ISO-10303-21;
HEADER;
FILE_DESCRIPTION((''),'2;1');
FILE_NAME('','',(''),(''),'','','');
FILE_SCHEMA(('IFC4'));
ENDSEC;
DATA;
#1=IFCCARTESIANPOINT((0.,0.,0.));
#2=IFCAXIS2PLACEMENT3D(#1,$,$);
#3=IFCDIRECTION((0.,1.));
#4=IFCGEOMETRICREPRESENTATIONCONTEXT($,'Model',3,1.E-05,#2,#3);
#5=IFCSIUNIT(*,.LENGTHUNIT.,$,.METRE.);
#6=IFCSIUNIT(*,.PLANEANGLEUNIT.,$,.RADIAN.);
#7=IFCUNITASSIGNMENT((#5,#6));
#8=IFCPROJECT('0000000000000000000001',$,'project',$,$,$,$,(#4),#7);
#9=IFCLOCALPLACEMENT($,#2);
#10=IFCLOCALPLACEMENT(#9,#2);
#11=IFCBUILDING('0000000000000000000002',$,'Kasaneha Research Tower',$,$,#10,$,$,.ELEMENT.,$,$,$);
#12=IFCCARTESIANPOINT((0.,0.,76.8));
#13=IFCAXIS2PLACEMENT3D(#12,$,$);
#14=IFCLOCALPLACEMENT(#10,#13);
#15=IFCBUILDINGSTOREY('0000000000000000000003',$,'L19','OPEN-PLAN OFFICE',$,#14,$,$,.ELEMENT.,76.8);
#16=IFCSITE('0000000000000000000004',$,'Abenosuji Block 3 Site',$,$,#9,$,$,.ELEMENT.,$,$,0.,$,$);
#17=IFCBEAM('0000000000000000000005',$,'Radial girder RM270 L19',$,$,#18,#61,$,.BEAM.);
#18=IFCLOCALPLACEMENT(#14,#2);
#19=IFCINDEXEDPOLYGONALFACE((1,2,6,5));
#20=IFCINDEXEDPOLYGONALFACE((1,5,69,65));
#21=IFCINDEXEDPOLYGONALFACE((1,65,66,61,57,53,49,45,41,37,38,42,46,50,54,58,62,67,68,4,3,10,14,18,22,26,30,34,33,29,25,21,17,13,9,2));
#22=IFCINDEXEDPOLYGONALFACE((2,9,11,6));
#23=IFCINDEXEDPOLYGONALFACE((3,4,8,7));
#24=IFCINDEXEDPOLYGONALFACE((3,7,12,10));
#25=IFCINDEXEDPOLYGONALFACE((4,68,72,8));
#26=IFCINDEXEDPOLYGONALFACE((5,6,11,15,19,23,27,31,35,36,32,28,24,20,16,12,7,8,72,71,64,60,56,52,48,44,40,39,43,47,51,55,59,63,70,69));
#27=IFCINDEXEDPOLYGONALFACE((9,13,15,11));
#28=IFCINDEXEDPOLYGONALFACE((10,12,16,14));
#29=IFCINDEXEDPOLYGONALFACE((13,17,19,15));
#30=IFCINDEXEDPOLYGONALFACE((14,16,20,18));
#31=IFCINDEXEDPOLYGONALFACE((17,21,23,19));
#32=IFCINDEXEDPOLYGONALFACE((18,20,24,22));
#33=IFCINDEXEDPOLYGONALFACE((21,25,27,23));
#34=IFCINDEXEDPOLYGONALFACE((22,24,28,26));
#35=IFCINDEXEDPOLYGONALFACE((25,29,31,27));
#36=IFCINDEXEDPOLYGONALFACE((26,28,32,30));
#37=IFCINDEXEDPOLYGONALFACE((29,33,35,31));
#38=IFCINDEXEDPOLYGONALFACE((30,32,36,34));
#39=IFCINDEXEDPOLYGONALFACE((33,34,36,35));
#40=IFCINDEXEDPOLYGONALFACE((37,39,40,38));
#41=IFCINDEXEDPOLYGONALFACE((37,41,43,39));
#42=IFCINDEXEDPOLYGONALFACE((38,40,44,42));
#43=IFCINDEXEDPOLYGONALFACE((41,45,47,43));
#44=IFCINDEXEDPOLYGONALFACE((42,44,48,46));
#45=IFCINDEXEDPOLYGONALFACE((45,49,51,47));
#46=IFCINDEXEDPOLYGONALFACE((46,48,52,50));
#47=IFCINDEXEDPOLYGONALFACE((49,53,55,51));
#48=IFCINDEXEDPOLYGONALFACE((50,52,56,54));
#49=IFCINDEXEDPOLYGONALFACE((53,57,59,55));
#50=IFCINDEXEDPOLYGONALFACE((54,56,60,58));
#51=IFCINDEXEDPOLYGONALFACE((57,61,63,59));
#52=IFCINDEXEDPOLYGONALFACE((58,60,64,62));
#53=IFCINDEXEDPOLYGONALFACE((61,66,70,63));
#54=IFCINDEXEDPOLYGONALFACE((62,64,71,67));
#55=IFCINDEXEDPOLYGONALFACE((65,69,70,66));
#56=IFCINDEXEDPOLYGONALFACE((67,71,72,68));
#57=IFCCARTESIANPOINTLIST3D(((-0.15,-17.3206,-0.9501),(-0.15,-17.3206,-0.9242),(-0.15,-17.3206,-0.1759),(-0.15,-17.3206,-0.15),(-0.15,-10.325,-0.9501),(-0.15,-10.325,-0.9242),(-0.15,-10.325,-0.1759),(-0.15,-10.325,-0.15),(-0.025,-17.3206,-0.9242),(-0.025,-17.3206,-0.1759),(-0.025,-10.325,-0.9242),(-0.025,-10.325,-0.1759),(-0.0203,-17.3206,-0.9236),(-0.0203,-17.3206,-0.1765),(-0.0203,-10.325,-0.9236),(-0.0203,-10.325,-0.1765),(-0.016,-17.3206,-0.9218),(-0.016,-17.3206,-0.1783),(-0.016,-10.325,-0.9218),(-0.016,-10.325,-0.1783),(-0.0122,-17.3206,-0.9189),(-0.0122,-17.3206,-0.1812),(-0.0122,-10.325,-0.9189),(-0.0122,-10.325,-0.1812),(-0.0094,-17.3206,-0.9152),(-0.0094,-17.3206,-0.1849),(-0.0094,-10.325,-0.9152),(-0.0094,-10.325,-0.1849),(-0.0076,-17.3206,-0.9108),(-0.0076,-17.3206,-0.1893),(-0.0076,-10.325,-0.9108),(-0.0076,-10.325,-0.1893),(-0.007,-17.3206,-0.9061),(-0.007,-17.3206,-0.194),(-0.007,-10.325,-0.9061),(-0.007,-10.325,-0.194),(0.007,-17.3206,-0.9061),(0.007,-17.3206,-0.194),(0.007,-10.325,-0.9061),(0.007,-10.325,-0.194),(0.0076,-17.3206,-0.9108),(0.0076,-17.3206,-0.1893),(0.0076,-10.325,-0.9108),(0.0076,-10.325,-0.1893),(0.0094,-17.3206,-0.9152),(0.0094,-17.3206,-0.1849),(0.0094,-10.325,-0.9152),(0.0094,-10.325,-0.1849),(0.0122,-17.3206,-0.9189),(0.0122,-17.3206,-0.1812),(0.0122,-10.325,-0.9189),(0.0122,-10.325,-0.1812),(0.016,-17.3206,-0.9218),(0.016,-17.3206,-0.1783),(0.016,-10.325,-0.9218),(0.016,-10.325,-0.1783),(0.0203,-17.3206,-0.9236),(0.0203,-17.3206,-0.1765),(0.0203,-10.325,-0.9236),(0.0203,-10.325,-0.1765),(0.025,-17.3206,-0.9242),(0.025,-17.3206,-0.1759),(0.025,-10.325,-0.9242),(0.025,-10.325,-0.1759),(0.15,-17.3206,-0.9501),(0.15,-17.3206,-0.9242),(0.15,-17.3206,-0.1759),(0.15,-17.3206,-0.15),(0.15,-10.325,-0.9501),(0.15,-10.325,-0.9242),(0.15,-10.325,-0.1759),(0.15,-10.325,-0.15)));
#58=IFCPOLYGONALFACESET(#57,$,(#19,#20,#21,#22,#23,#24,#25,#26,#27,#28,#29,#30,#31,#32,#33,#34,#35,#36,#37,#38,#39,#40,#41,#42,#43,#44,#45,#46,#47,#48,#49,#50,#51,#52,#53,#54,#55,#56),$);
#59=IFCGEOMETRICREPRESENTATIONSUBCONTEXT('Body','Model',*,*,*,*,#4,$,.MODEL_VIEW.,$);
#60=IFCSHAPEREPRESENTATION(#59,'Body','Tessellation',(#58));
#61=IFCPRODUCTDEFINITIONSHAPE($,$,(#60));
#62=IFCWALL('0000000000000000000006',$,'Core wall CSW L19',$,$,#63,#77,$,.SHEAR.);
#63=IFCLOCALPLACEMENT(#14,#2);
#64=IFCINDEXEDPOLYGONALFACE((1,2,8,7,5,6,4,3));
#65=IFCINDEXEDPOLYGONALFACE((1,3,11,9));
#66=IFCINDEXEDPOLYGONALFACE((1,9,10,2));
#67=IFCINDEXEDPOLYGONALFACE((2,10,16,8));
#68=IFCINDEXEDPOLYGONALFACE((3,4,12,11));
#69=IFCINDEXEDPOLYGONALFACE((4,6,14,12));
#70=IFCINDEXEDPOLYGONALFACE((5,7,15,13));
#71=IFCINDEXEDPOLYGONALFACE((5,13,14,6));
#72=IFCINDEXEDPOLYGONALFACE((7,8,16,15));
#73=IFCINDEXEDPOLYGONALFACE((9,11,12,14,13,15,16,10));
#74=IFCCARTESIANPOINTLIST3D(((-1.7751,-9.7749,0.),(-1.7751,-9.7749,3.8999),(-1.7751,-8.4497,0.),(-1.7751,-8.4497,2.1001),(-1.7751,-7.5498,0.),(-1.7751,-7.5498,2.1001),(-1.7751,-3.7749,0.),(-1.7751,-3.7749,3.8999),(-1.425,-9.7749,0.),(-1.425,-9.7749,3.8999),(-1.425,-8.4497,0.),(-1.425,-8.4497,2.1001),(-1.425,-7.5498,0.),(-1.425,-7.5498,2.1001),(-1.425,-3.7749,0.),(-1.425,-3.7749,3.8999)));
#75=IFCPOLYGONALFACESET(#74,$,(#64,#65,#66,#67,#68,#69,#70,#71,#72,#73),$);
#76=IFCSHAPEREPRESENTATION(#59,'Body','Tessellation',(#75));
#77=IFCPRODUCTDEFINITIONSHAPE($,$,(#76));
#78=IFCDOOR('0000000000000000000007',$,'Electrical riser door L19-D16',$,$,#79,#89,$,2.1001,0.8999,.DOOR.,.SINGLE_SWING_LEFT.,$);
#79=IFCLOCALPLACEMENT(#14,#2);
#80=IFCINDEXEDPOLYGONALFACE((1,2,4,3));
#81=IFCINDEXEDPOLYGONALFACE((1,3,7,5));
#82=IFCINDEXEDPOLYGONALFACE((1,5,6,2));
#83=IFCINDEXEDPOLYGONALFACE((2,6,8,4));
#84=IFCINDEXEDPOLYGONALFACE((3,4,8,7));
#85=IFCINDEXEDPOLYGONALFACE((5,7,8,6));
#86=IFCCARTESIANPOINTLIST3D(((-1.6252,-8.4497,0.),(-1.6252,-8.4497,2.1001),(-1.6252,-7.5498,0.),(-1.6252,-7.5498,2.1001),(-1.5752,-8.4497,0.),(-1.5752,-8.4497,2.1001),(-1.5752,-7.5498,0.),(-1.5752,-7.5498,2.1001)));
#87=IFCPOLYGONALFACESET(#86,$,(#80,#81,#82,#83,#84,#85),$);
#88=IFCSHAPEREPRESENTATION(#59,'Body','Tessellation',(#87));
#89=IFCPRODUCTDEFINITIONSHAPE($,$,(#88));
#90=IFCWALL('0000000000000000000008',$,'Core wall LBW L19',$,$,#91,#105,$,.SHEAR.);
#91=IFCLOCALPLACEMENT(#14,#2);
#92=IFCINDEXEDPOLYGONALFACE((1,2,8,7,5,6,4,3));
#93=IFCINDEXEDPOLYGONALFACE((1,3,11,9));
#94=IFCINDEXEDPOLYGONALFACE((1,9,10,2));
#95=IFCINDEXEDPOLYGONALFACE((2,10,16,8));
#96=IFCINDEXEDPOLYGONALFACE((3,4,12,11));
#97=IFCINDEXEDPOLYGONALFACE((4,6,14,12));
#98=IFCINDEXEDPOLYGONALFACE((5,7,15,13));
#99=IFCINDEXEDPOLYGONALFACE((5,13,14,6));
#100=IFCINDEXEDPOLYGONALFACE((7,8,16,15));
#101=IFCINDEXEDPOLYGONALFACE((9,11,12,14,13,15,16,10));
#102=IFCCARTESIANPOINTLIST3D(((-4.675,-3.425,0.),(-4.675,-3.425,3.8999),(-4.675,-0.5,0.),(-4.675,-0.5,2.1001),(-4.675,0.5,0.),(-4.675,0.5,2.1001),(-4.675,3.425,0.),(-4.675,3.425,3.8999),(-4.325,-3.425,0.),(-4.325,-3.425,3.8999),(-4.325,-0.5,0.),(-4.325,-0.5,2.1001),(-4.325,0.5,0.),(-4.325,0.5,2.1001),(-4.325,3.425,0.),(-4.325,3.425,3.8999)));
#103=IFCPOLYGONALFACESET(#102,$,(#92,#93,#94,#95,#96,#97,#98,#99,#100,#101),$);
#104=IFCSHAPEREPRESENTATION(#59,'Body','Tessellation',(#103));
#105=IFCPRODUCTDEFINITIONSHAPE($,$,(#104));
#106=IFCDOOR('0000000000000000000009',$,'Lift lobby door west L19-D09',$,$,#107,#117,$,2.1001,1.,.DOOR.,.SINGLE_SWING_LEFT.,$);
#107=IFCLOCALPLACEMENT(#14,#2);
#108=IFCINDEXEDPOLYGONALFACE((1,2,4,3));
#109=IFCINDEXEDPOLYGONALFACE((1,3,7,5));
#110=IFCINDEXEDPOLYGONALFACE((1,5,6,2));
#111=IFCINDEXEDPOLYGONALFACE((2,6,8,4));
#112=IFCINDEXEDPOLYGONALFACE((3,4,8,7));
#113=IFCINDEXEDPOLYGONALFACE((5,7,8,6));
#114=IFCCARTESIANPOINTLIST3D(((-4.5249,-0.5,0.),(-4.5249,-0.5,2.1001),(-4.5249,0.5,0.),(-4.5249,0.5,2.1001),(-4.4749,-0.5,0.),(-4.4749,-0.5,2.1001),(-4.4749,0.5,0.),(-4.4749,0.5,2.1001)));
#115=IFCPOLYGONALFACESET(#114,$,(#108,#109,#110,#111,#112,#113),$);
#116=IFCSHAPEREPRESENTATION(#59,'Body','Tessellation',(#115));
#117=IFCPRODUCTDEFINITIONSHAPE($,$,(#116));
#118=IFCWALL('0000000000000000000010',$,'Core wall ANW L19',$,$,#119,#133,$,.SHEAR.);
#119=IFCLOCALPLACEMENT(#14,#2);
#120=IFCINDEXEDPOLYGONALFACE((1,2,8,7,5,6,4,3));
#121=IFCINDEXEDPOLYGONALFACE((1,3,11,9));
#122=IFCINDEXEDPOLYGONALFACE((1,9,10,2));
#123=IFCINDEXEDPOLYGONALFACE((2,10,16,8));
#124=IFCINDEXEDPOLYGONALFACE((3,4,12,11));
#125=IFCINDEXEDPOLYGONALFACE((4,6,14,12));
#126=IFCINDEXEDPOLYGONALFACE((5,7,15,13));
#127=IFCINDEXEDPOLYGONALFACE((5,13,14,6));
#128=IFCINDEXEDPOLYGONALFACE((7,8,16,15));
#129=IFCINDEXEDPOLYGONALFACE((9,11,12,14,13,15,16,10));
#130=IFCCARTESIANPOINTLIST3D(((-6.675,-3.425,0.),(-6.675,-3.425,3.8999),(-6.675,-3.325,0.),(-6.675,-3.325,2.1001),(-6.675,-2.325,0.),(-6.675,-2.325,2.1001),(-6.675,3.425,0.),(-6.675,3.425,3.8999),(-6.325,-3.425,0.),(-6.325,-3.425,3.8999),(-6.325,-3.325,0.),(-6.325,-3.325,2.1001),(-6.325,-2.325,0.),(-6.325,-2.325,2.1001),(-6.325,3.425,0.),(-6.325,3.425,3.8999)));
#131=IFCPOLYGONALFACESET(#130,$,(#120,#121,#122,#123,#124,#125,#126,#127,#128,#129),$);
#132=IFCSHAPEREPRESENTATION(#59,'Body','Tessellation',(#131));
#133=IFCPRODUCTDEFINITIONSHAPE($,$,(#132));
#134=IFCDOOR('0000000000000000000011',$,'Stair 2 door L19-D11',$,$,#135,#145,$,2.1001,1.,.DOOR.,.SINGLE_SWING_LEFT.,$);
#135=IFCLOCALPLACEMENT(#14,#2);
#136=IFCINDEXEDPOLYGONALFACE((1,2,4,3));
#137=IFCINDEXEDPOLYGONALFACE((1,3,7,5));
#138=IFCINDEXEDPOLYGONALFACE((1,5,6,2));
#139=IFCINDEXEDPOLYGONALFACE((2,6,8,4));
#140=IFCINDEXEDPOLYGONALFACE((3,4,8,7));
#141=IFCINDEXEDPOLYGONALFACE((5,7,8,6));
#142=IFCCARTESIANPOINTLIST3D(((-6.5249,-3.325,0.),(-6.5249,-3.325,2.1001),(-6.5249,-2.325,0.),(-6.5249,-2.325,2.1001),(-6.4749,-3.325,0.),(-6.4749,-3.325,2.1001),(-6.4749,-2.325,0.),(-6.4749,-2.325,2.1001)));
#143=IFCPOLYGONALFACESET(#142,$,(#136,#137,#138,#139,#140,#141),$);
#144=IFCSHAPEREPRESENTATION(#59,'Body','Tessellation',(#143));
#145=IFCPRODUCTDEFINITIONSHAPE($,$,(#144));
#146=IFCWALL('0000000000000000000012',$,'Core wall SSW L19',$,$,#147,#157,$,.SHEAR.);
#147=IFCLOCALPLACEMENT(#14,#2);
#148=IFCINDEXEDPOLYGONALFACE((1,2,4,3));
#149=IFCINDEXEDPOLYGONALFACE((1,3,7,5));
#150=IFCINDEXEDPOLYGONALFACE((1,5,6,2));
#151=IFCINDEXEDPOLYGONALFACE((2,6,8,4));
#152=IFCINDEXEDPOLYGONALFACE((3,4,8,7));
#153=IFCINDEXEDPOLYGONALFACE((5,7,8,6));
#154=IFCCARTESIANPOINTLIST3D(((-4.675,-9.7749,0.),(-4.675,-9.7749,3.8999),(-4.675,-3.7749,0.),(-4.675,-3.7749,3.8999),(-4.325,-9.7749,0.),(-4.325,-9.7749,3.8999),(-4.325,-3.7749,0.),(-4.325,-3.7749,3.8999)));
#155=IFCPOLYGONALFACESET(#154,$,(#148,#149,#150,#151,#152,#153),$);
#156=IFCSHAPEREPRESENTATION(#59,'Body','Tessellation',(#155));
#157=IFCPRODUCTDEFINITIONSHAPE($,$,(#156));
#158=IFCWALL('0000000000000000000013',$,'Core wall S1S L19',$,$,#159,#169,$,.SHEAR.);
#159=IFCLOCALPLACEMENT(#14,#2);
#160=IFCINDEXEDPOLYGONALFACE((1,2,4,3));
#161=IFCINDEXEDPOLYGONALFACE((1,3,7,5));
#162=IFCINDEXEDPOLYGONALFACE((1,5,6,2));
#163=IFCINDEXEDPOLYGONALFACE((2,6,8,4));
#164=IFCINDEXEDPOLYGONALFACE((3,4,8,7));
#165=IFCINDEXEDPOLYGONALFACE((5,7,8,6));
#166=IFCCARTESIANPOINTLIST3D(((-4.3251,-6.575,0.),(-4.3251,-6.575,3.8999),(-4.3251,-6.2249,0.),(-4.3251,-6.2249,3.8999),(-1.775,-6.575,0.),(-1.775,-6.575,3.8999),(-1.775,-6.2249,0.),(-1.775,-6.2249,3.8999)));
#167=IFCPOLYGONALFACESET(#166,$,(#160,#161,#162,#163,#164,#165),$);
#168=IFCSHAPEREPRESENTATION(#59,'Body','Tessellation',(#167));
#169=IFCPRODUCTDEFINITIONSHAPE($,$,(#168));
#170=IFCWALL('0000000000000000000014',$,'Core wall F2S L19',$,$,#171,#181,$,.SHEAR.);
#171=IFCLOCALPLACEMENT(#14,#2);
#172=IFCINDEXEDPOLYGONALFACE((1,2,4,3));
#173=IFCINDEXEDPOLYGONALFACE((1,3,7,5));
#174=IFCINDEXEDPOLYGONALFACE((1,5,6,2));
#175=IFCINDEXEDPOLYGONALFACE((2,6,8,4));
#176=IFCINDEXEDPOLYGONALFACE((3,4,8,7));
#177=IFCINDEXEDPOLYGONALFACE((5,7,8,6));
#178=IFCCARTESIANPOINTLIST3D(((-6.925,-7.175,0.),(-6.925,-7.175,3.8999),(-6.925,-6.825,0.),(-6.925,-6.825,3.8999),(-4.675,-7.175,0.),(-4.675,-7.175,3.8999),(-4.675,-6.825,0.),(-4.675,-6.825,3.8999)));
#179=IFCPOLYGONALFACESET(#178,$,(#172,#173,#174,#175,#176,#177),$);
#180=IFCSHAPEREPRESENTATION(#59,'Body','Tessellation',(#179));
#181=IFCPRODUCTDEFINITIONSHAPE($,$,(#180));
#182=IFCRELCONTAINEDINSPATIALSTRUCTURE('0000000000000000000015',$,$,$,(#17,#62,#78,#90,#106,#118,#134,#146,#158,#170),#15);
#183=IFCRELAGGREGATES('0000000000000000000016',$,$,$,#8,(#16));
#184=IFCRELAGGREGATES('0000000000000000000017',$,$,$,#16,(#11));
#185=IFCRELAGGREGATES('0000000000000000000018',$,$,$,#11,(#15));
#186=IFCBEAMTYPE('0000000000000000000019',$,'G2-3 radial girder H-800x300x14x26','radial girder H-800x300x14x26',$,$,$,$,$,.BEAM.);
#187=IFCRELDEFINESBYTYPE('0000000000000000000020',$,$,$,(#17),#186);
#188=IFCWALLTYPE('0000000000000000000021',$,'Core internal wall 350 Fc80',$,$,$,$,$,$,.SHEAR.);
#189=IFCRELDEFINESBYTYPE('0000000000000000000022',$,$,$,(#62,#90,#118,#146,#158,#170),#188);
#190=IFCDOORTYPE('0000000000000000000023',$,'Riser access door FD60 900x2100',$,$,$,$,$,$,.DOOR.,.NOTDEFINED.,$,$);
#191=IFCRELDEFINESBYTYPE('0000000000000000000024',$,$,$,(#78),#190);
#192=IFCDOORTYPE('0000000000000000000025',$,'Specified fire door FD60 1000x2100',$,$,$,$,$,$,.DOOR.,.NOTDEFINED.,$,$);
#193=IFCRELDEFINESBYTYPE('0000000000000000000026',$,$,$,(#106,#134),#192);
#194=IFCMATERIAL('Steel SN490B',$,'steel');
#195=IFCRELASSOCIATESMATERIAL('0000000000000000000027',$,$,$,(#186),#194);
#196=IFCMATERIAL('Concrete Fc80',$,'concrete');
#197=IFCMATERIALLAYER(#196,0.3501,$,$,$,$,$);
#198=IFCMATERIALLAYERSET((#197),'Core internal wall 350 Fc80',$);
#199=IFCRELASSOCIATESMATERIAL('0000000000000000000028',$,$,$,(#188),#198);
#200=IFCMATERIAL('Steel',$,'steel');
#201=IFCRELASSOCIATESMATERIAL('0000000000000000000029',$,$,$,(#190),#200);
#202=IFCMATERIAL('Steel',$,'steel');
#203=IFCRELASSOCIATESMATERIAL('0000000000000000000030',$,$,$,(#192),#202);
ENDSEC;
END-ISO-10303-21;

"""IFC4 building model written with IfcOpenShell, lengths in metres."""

from ifc_helpers import new_model, si_unit, direction, frame, frame_2d, origin, origin_2d, place, context, subcontext, project, spatial, rectangle, i_section, extrude, material, layer, layer_set, material_profile, profile_set, type_object, element, fill, save


model = new_model("IFC4")

# Units and contexts
model_context = context("Model", 3, precision=1e-05, world=origin(), true_north=direction((0.0, 1.0)))
body_context = subcontext(model_context, "Body", "Model", "MODEL_VIEW")
ifc_project = project(units=[si_unit("LENGTHUNIT", "METRE"), si_unit("PLANEANGLEUNIT", "RADIAN")], contexts=[model_context])

# Site, building, storey
site_placement = place(None, origin())
site = spatial("IfcSite", under=ifc_project, at=site_placement, Name="Abenosuji Block 3 Site", CompositionType="ELEMENT", RefElevation=0.0)
building_placement = place(site_placement, origin())
building = spatial("IfcBuilding", under=site, at=building_placement, Name="Kasaneha Research Tower", CompositionType="ELEMENT")
storey_placement = place(building_placement, frame((0.0, 0.0, 76.8)))
storey = spatial("IfcBuildingStorey", under=building, at=storey_placement, Name="L19", Description="OPEN-PLAN OFFICE", CompositionType="ELEMENT", Elevation=76.8)

# Beam
ifc_material_1 = material(Name="Steel SN490B", Category="steel")
ifc_material_profile_1 = material_profile(ifc_material_1, i_section(OverallWidth=0.3, OverallDepth=0.8, WebThickness=0.0139, FlangeThickness=0.0259, FilletRadius=0.0181, at=origin_2d()), Name="H-800x300x14x26")
ifc_profile_set_1 = profile_set([ifc_material_profile_1], Name="Steel SN490B")
beam_type_1 = type_object("IfcBeamType", Name="G2-3 radial girder H-800x300x14x26", Description="radial girder H-800x300x14x26", PredefinedType="BEAM", material=ifc_profile_set_1)
beam_1_placement = place(storey_placement, frame((0.0, -10.325, -0.55), z_axis=(0.0, -1.0, 0.0), x_axis=(1.0, 0.0, 0.0)))
element("IfcBeam", 1, at=beam_1_placement, inside=storey, type_object=beam_type_1, Name="Radial girder RM270 L19", PredefinedType="BEAM", context=body_context, shape_type="SweptSolid", body=[
    extrude(i_section(OverallWidth=0.3, OverallDepth=0.8, WebThickness=0.0139, FlangeThickness=0.0259, FilletRadius=0.0181, at=origin_2d()), origin(), (0.0, 0.0, 1.0), 6.9956),
])

# Walls, openings, doors
ifc_material_2 = material(Name="Concrete Fc80", Category="concrete")
ifc_layer_1 = layer(ifc_material_2, 0.3501)
ifc_layer_set_1 = layer_set([ifc_layer_1], Name="Core internal wall 350 Fc80")
wall_type_1 = type_object("IfcWallType", Name="Core internal wall 350 Fc80", PredefinedType="SHEAR", material=ifc_layer_set_1)
wall_1_placement = place(storey_placement, frame((-1.6001, -3.7749, 0.0), z_axis=(0.0, 0.0, 1.0), x_axis=(0.0, -1.0, 0.0)))
wall_1 = element("IfcWall", 2, at=wall_1_placement, inside=storey, type_object=wall_type_1, Name="Core wall CSW L19", PredefinedType="SHEAR", context=body_context, shape_type="SweptSolid", body=[
    extrude(rectangle(XDim=6.0, YDim=0.3501, at=frame_2d((3.0, 0.0))), origin(), (0.0, 0.0, 1.0), 3.8999),
])
opening_1_placement = place(wall_1_placement, frame((3.7749, 0.0, 0.0)))
opening_1 = element("IfcOpeningElement", 3, at=opening_1_placement, cuts=wall_1, PredefinedType="OPENING", context=body_context, shape_type="SweptSolid", body=[
    extrude(rectangle(XDim=0.8999, YDim=2.1001, at=frame_2d((0.45, 1.05))), frame((0.0, 0.1851, 0.0), z_axis=(0.0, -1.0, 0.0), x_axis=(1.0, 0.0, 0.0)), (0.0, 0.0, 1.0), 0.3701),
])
ifc_material_3 = material(Name="Steel", Category="steel")
door_type_1 = type_object("IfcDoorType", Name="Riser access door FD60 900x2100", OperationType="NOTDEFINED", PredefinedType="DOOR", material=ifc_material_3)
door_1_placement = place(opening_1_placement, origin())
door_1 = element("IfcDoor", 4, at=door_1_placement, inside=storey, type_object=door_type_1, Name="Electrical riser door L19-D16", OperationType="SINGLE_SWING_LEFT", OverallHeight=2.1001, OverallWidth=0.8999, PredefinedType="DOOR", context=body_context, shape_type="SweptSolid", body=[
    extrude(rectangle(XDim=0.8999, YDim=2.1001, at=frame_2d((0.45, 1.05))), frame((0.0, 0.0249, 0.0), z_axis=(0.0, -1.0, 0.0), x_axis=(1.0, 0.0, 0.0)), (0.0, 0.0, 1.0), 0.05),
])
fill(opening_1, door_1)
wall_2_placement = place(storey_placement, frame((-4.5, -3.425, 0.0), z_axis=(0.0, 0.0, 1.0), x_axis=(0.0, 1.0, 0.0)))
wall_2 = element("IfcWall", 5, at=wall_2_placement, inside=storey, type_object=wall_type_1, Name="Core wall LBW L19", PredefinedType="SHEAR", context=body_context, shape_type="SweptSolid", body=[
    extrude(rectangle(XDim=6.8501, YDim=0.3501, at=frame_2d((3.425, 0.0))), origin(), (0.0, 0.0, 1.0), 3.8999),
])
opening_2_placement = place(wall_2_placement, frame((2.925, 0.0, 0.0)))
opening_2 = element("IfcOpeningElement", 6, at=opening_2_placement, cuts=wall_2, PredefinedType="OPENING", context=body_context, shape_type="SweptSolid", body=[
    extrude(rectangle(XDim=1.0, YDim=2.1001, at=frame_2d((0.5, 1.05))), frame((0.0, 0.1851, 0.0), z_axis=(0.0, -1.0, 0.0), x_axis=(1.0, 0.0, 0.0)), (0.0, 0.0, 1.0), 0.3701),
])
ifc_material_4 = material(Name="Steel", Category="steel")
door_type_2 = type_object("IfcDoorType", Name="Specified fire door FD60 1000x2100", OperationType="NOTDEFINED", PredefinedType="DOOR", material=ifc_material_4)
door_2_placement = place(opening_2_placement, origin())
door_2 = element("IfcDoor", 7, at=door_2_placement, inside=storey, type_object=door_type_2, Name="Lift lobby door west L19-D09", OperationType="SINGLE_SWING_LEFT", OverallHeight=2.1001, OverallWidth=1.0, PredefinedType="DOOR", context=body_context, shape_type="SweptSolid", body=[
    extrude(rectangle(XDim=1.0, YDim=2.1001, at=frame_2d((0.5, 1.05))), frame((0.0, 0.0249, 0.0), z_axis=(0.0, -1.0, 0.0), x_axis=(1.0, 0.0, 0.0)), (0.0, 0.0, 1.0), 0.05),
])
fill(opening_2, door_2)
wall_3_placement = place(storey_placement, frame((-6.5, -3.425, 0.0), z_axis=(0.0, 0.0, 1.0), x_axis=(0.0, 1.0, 0.0)))
wall_3 = element("IfcWall", 8, at=wall_3_placement, inside=storey, type_object=wall_type_1, Name="Core wall ANW L19", PredefinedType="SHEAR", context=body_context, shape_type="SweptSolid", body=[
    extrude(rectangle(XDim=6.8501, YDim=0.3501, at=frame_2d((3.425, 0.0))), origin(), (0.0, 0.0, 1.0), 3.8999),
])
opening_3_placement = place(wall_3_placement, frame((0.1001, 0.0, 0.0)))
opening_3 = element("IfcOpeningElement", 9, at=opening_3_placement, cuts=wall_3, PredefinedType="OPENING", context=body_context, shape_type="SweptSolid", body=[
    extrude(rectangle(XDim=1.0, YDim=2.1001, at=frame_2d((0.5, 1.05))), frame((0.0, 0.1851, 0.0), z_axis=(0.0, -1.0, 0.0), x_axis=(1.0, 0.0, 0.0)), (0.0, 0.0, 1.0), 0.3701),
])
door_3_placement = place(opening_3_placement, origin())
door_3 = element("IfcDoor", 10, at=door_3_placement, inside=storey, type_object=door_type_2, Name="Stair 2 door L19-D11", OperationType="SINGLE_SWING_LEFT", OverallHeight=2.1001, OverallWidth=1.0, PredefinedType="DOOR", context=body_context, shape_type="SweptSolid", body=[
    extrude(rectangle(XDim=1.0, YDim=2.1001, at=frame_2d((0.5, 1.05))), frame((0.0, 0.0249, 0.0), z_axis=(0.0, -1.0, 0.0), x_axis=(1.0, 0.0, 0.0)), (0.0, 0.0, 1.0), 0.05),
])
fill(opening_3, door_3)

# Walls
wall_4_placement = place(storey_placement, frame((-4.5, -3.7749, 0.0), z_axis=(0.0, 0.0, 1.0), x_axis=(0.0, -1.0, 0.0)))
element("IfcWall", 11, at=wall_4_placement, inside=storey, type_object=wall_type_1, Name="Core wall SSW L19", PredefinedType="SHEAR", context=body_context, shape_type="SweptSolid", body=[
    extrude(rectangle(XDim=6.0, YDim=0.3501, at=frame_2d((3.0, 0.0))), origin(), (0.0, 0.0, 1.0), 3.8999),
])
wall_5_placement = place(storey_placement, frame((-4.325, -6.3999, 0.0), z_axis=(0.0, 0.0, 1.0), x_axis=(1.0, 0.0, 0.0)))
element("IfcWall", 12, at=wall_5_placement, inside=storey, type_object=wall_type_1, Name="Core wall S1S L19", PredefinedType="SHEAR", context=body_context, shape_type="SweptSolid", body=[
    extrude(rectangle(XDim=2.55, YDim=0.3501, at=frame_2d((1.2749, 0.0))), origin(), (0.0, 0.0, 1.0), 3.8999),
])
wall_6_placement = place(storey_placement, frame((-6.925, -7.0, 0.0), z_axis=(0.0, 0.0, 1.0), x_axis=(1.0, 0.0, 0.0)))
element("IfcWall", 13, at=wall_6_placement, inside=storey, type_object=wall_type_1, Name="Core wall F2S L19", PredefinedType="SHEAR", context=body_context, shape_type="SweptSolid", body=[
    extrude(rectangle(XDim=2.25, YDim=0.3501, at=frame_2d((1.125, 0.0))), origin(), (0.0, 0.0, 1.0), 3.8999),
])

save(model, "model.ifc")
